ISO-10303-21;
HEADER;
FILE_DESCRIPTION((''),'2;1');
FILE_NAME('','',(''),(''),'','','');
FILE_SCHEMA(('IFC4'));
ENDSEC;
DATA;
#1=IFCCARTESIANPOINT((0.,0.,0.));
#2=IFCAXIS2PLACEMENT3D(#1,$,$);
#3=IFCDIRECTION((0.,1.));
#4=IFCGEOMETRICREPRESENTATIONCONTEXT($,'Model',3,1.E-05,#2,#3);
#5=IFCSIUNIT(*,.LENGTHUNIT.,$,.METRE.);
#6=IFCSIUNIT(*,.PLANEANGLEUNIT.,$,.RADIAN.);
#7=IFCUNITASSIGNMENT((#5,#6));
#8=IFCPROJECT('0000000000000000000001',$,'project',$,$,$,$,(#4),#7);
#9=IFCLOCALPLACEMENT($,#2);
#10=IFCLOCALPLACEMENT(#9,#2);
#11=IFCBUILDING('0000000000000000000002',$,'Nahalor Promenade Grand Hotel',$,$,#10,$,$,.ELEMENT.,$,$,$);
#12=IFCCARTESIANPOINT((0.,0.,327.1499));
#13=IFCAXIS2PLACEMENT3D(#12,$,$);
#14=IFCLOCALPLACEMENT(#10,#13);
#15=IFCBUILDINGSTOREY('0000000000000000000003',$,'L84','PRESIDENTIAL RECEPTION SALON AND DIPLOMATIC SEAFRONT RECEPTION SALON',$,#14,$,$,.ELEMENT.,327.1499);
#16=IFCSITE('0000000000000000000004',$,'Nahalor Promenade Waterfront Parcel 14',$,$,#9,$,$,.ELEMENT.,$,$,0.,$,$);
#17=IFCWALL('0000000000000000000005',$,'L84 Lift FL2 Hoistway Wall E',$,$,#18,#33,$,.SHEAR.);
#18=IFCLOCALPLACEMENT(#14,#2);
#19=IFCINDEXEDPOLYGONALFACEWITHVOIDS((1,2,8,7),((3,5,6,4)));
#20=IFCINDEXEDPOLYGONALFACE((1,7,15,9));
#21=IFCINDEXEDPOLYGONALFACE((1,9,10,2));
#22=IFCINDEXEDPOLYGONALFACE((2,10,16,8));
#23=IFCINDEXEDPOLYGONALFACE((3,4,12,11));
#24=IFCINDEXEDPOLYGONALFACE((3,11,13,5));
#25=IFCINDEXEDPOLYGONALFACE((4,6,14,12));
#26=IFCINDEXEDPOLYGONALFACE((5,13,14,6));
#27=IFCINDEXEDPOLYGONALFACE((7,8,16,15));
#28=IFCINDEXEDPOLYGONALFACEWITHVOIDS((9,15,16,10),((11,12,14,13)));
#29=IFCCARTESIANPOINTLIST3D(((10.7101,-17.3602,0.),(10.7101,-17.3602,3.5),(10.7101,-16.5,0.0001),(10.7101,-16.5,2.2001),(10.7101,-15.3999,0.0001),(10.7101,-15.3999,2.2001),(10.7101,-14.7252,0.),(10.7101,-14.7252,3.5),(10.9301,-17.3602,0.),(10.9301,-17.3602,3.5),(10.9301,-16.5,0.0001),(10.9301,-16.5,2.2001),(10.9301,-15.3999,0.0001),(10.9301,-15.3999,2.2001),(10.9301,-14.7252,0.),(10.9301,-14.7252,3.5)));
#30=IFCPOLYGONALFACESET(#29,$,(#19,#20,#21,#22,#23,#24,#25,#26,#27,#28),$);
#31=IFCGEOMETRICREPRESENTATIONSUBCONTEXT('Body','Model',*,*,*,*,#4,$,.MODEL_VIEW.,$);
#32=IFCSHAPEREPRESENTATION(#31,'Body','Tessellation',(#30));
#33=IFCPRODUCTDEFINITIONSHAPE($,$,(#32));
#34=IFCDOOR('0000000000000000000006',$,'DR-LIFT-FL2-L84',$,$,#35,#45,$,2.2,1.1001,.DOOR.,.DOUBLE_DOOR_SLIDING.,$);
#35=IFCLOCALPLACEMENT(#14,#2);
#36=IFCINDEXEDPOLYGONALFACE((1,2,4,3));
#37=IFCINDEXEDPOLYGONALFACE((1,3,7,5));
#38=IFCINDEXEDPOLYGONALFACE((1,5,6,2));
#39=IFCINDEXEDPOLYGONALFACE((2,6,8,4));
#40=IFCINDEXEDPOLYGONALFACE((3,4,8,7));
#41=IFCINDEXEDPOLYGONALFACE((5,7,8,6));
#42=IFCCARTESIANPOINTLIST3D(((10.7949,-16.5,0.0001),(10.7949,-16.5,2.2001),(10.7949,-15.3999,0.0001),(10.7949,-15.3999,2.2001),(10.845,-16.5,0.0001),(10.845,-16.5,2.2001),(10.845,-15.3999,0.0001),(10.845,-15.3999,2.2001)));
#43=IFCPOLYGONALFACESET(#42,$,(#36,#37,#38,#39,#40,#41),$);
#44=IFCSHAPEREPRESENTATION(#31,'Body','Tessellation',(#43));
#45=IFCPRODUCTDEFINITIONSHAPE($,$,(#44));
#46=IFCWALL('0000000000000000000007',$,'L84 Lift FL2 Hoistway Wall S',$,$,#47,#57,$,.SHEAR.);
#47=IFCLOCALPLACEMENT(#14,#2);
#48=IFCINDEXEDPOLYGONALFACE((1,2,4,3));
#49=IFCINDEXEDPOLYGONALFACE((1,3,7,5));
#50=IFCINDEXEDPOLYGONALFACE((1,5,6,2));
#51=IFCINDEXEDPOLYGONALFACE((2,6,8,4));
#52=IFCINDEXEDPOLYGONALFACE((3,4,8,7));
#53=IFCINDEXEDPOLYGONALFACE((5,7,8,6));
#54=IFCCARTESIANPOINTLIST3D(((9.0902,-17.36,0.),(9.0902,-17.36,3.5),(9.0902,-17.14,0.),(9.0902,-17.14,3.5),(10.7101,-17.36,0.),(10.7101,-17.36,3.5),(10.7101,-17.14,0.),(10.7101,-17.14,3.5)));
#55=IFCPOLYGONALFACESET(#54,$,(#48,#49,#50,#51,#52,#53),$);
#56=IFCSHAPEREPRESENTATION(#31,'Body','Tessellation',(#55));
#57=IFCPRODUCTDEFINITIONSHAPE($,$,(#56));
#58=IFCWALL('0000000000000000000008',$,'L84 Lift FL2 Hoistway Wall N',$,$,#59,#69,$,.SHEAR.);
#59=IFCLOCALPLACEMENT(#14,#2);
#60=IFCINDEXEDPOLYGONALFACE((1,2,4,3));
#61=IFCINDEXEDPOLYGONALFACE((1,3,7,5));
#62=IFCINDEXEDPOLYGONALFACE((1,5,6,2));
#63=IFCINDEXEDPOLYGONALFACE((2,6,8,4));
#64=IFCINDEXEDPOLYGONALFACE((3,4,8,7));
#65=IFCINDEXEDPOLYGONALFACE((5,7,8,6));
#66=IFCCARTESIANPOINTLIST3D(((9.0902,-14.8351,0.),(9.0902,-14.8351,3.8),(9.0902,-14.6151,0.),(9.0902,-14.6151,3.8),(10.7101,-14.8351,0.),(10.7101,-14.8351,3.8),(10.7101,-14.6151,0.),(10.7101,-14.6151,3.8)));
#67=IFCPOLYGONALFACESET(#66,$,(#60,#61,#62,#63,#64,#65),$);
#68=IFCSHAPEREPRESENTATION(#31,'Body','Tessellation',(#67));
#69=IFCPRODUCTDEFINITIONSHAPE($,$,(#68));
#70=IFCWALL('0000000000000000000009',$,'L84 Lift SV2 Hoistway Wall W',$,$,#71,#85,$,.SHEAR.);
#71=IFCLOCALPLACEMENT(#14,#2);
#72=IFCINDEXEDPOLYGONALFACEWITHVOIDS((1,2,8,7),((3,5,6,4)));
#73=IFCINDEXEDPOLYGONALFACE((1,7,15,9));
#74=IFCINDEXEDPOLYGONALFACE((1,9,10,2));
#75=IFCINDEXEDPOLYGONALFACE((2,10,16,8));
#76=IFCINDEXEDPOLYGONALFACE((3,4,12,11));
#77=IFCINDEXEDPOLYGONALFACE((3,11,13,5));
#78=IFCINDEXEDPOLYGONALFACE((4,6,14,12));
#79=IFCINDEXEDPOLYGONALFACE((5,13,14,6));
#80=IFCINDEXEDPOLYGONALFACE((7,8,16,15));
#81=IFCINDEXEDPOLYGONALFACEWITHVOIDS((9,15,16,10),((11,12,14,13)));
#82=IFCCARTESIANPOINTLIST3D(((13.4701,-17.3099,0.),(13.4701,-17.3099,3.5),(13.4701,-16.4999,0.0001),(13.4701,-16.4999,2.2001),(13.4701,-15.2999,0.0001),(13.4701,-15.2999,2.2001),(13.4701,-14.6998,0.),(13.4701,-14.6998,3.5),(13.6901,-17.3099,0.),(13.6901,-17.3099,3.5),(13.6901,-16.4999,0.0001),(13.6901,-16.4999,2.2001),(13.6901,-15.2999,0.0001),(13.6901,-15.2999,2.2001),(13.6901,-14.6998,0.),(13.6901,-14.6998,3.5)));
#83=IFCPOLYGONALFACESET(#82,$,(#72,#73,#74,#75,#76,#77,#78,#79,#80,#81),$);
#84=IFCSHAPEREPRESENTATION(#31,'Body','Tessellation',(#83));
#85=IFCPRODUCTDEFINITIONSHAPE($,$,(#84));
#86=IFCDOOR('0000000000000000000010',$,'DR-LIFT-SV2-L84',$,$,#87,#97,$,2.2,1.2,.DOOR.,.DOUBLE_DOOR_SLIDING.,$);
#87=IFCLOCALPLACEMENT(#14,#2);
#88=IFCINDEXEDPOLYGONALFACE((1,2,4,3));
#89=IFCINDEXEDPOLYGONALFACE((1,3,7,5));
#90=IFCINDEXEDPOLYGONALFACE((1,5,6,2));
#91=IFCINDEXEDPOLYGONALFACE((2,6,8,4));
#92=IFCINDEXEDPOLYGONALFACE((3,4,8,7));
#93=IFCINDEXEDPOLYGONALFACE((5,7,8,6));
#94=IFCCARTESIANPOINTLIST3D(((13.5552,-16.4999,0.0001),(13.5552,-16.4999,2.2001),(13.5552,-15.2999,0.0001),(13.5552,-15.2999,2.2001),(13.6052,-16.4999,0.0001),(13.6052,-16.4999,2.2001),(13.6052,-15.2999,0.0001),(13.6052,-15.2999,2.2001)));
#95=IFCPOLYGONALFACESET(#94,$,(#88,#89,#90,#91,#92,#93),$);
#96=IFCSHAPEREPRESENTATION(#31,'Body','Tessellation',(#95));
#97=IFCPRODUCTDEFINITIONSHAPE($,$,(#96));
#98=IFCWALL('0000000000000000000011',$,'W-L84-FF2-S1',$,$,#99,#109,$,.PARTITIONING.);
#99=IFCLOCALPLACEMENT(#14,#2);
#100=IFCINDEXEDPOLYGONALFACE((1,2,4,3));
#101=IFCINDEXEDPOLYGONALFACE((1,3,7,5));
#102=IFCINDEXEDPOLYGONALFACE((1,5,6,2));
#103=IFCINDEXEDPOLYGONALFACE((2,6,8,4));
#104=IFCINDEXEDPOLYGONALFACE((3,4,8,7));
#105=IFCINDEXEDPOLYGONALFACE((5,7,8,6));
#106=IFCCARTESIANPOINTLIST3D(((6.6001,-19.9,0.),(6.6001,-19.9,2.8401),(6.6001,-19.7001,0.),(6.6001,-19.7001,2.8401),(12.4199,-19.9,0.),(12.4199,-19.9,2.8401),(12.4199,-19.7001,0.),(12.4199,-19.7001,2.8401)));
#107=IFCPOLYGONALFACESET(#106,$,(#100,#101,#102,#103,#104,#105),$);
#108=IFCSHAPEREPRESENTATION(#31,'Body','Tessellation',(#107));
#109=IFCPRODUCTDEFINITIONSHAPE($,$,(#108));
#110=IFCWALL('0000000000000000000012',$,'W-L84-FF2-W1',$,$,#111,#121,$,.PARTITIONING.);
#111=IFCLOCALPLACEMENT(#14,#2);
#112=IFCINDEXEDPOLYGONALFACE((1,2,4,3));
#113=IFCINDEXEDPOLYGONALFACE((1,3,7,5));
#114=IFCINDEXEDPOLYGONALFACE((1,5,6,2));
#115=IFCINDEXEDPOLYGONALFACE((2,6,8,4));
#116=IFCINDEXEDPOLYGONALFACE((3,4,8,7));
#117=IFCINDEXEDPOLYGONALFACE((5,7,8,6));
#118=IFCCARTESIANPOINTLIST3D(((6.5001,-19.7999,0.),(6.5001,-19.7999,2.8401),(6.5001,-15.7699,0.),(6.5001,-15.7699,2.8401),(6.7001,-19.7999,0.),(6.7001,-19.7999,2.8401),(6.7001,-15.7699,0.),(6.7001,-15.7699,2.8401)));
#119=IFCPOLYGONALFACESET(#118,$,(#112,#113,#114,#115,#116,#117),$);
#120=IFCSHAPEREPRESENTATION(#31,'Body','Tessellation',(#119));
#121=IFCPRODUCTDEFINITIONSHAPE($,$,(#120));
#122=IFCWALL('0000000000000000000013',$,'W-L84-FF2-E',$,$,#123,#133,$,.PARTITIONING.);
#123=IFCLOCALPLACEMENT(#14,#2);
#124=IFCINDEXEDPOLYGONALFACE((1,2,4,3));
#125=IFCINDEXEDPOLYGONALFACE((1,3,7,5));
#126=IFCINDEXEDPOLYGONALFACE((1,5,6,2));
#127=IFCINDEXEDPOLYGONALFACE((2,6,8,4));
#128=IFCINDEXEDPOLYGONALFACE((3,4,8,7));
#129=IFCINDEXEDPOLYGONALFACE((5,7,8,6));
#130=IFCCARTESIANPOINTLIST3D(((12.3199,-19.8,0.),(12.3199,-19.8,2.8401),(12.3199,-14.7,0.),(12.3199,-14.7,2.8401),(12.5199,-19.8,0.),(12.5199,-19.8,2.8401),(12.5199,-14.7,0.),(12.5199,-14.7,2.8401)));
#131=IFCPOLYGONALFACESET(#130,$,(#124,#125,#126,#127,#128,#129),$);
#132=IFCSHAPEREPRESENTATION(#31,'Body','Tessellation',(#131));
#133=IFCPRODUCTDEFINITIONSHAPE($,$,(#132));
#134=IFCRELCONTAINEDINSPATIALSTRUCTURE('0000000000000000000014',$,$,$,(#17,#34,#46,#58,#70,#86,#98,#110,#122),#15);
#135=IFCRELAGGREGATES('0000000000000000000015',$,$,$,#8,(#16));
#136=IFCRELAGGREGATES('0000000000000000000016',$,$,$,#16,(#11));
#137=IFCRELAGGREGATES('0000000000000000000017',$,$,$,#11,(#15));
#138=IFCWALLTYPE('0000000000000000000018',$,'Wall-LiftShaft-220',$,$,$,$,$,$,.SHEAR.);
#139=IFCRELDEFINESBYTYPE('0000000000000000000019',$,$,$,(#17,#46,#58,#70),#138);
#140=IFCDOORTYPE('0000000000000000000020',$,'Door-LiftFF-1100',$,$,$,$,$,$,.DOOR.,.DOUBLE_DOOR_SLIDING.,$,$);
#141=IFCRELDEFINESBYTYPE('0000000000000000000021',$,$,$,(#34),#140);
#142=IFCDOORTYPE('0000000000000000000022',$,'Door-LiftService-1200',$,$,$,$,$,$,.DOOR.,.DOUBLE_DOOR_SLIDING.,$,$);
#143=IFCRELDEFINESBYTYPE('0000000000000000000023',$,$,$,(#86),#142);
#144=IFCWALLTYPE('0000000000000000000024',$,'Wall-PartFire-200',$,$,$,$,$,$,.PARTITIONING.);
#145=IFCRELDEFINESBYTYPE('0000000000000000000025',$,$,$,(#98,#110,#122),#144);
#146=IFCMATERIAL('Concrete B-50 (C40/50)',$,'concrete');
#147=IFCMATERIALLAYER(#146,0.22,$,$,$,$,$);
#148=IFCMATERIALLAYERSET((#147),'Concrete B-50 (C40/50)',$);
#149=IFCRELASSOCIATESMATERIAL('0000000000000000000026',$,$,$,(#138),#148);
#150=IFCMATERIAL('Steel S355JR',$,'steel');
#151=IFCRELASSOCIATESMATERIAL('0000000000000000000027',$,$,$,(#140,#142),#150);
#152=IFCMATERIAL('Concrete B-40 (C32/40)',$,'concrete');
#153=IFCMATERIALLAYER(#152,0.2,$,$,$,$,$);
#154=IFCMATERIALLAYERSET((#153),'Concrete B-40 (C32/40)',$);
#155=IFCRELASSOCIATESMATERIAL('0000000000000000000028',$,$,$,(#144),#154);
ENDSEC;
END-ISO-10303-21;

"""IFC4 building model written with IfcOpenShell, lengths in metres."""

from ifc_helpers import new_model, si_unit, direction, frame, frame_2d, origin, place, context, subcontext, project, spatial, rectangle, extrude, source, transform, mapped, material, layer, layer_set, type_object, element, fill, save


model = new_model("IFC4")

# Units and contexts
model_context = context("Model", 3, precision=1e-05, world=origin(), true_north=direction((0.0, 1.0)))
body_context = subcontext(model_context, "Body", "Model", "MODEL_VIEW")
ifc_project = project(units=[si_unit("LENGTHUNIT", "METRE"), si_unit("PLANEANGLEUNIT", "RADIAN")], contexts=[model_context])

# Site, building, storey
site_placement = place(None, origin())
site = spatial("IfcSite", under=ifc_project, at=site_placement, Name="Nahalor Promenade Waterfront Parcel 14", CompositionType="ELEMENT", RefElevation=0.0)
building_placement = place(site_placement, origin())
building = spatial("IfcBuilding", under=site, at=building_placement, Name="Nahalor Promenade Grand Hotel", CompositionType="ELEMENT")
storey_placement = place(building_placement, frame((0.0, 0.0, 327.1499)))
storey = spatial("IfcBuildingStorey", under=building, at=storey_placement, Name="L84", Description="PRESIDENTIAL RECEPTION SALON AND DIPLOMATIC SEAFRONT RECEPTION SALON", CompositionType="ELEMENT", Elevation=327.1499)

# Shared definitions
ifc_material_1 = material(Name="Concrete B-50 (C40/50)", Category="concrete")
ifc_material_2 = material(Name="Steel S355JR", Category="steel")

# Shared definitions
ifc_layer_1 = layer(ifc_material_1, 0.22)
ifc_layer_set_1 = layer_set([ifc_layer_1], Name="Concrete B-50 (C40/50)")
wall_type_1 = type_object("IfcWallType", Name="Wall-LiftShaft-220", PredefinedType="SHEAR", material=ifc_layer_set_1)

# Shared definitions
shared_shape_1 = source(origin(), body_context, "Body", "SweptSolid", [
    extrude(rectangle(XDim=2.635, YDim=0.22, at=frame_2d((1.3174, 0.0))), origin(), (0.0, 0.0, 1.0), 3.5),
])

# Wall, opening, door
wall_1_placement = place(storey_placement, frame((10.8201, -17.3601, 0.0), z_axis=(0.0, 0.0, 1.0), x_axis=(0.0, 1.0, 0.0)))
wall_1 = element("IfcWall", 1, at=wall_1_placement, inside=storey, type_object=wall_type_1, Name="L84 Lift FL2 Hoistway Wall E", PredefinedType="SHEAR", context=body_context, shape_type="MappedRepresentation", body=[
    mapped(shared_shape_1, transform((0.0, 0.0, 0.0), scale=1.0)),
])
opening_1_placement = place(wall_1_placement, frame((0.8601, 0.0, 0.0)))
opening_1 = element("IfcOpeningElement", 2, at=opening_1_placement, cuts=wall_1, PredefinedType="OPENING", context=body_context, shape_type="SweptSolid", body=[
    extrude(rectangle(XDim=1.1001, YDim=2.2, at=frame_2d((0.55, 1.1001))), frame((0.0, 0.1199, 0.0), z_axis=(0.0, -1.0, 0.0), x_axis=(1.0, 0.0, 0.0)), (0.0, 0.0, 1.0), 0.24),
])
door_type_1 = type_object("IfcDoorType", Name="Door-LiftFF-1100", OperationType="DOUBLE_DOOR_SLIDING", PredefinedType="DOOR", material=ifc_material_2)
shared_shape_2 = source(origin(), body_context, "Body", "SweptSolid", [
    extrude(rectangle(XDim=1.1001, YDim=2.2, at=frame_2d((0.55, 1.1001))), frame((0.0, 0.0249, 0.0), z_axis=(0.0, -1.0, 0.0), x_axis=(1.0, 0.0, 0.0)), (0.0, 0.0, 1.0), 0.05),
])
door_1_placement = place(opening_1_placement, frame((1.1001, 0.0, 0.0), z_axis=(0.0, 0.0, 1.0), x_axis=(-1.0, 0.0, 0.0)))
door_1 = element("IfcDoor", 3, at=door_1_placement, inside=storey, type_object=door_type_1, Name="DR-LIFT-FL2-L84", OperationType="DOUBLE_DOOR_SLIDING", OverallHeight=2.2, OverallWidth=1.1001, PredefinedType="DOOR", context=body_context, shape_type="MappedRepresentation", body=[
    mapped(shared_shape_2, transform((0.0, 0.0, 0.0), scale=1.0)),
])
fill(opening_1, door_1)

# Walls
shared_shape_3 = source(origin(), body_context, "Body", "SweptSolid", [
    extrude(rectangle(XDim=1.6199, YDim=0.22, at=frame_2d((0.8101, 0.0))), origin(), (0.0, 0.0, 1.0), 3.5),
])
wall_2_placement = place(storey_placement, frame((9.0901, -17.25, 0.0), z_axis=(0.0, 0.0, 1.0), x_axis=(1.0, 0.0, 0.0)))
element("IfcWall", 4, at=wall_2_placement, inside=storey, type_object=wall_type_1, Name="L84 Lift FL2 Hoistway Wall S", PredefinedType="SHEAR", context=body_context, shape_type="MappedRepresentation", body=[
    mapped(shared_shape_3, transform((0.0, 0.0, 0.0), scale=1.0)),
])
shared_shape_4 = source(origin(), body_context, "Body", "SweptSolid", [
    extrude(rectangle(XDim=1.6199, YDim=0.22, at=frame_2d((0.8101, 0.0))), origin(), (0.0, 0.0, 1.0), 3.8),
])
wall_3_placement = place(storey_placement, frame((9.0901, -14.7251, 0.0), z_axis=(0.0, 0.0, 1.0), x_axis=(1.0, 0.0, 0.0)))
element("IfcWall", 5, at=wall_3_placement, inside=storey, type_object=wall_type_1, Name="L84 Lift FL2 Hoistway Wall N", PredefinedType="SHEAR", context=body_context, shape_type="MappedRepresentation", body=[
    mapped(shared_shape_4, transform((0.0, 0.0, 0.0), scale=1.0)),
])

# Wall, opening, door
shared_shape_5 = source(origin(), body_context, "Body", "SweptSolid", [
    extrude(rectangle(XDim=2.6101, YDim=0.22, at=frame_2d((1.3052, 0.0))), origin(), (0.0, 0.0, 1.0), 3.5),
])
wall_4_placement = place(storey_placement, frame((13.5801, -17.3101, 0.0), z_axis=(0.0, 0.0, 1.0), x_axis=(0.0, 1.0, 0.0)))
wall_4 = element("IfcWall", 6, at=wall_4_placement, inside=storey, type_object=wall_type_1, Name="L84 Lift SV2 Hoistway Wall W", PredefinedType="SHEAR", context=body_context, shape_type="MappedRepresentation", body=[
    mapped(shared_shape_5, transform((0.0, 0.0, 0.0), scale=1.0)),
])
opening_2_placement = place(wall_4_placement, frame((0.8101, 0.0, 0.0)))
opening_2 = element("IfcOpeningElement", 7, at=opening_2_placement, cuts=wall_4, PredefinedType="OPENING", context=body_context, shape_type="SweptSolid", body=[
    extrude(rectangle(XDim=1.2, YDim=2.2, at=frame_2d((0.6001, 1.1001))), frame((0.0, 0.1199, 0.0), z_axis=(0.0, -1.0, 0.0), x_axis=(1.0, 0.0, 0.0)), (0.0, 0.0, 1.0), 0.24),
])
door_type_2 = type_object("IfcDoorType", Name="Door-LiftService-1200", OperationType="DOUBLE_DOOR_SLIDING", PredefinedType="DOOR", material=ifc_material_2)
shared_shape_6 = source(origin(), body_context, "Body", "SweptSolid", [
    extrude(rectangle(XDim=1.2, YDim=2.2, at=frame_2d((0.6001, 1.1001))), frame((0.0, 0.0249, 0.0), z_axis=(0.0, -1.0, 0.0), x_axis=(1.0, 0.0, 0.0)), (0.0, 0.0, 1.0), 0.05),
])
door_2_placement = place(opening_2_placement, origin())
door_2 = element("IfcDoor", 8, at=door_2_placement, inside=storey, type_object=door_type_2, Name="DR-LIFT-SV2-L84", OperationType="DOUBLE_DOOR_SLIDING", OverallHeight=2.2, OverallWidth=1.2, PredefinedType="DOOR", context=body_context, shape_type="MappedRepresentation", body=[
    mapped(shared_shape_6, transform((0.0, 0.0, 0.0), scale=1.0)),
])
fill(opening_2, door_2)

# Walls
ifc_material_3 = material(Name="Concrete B-40 (C32/40)", Category="concrete")
ifc_layer_2 = layer(ifc_material_3, 0.2)
ifc_layer_set_2 = layer_set([ifc_layer_2], Name="Concrete B-40 (C32/40)")
wall_type_2 = type_object("IfcWallType", Name="Wall-PartFire-200", PredefinedType="PARTITIONING", material=ifc_layer_set_2)
shared_shape_7 = source(origin(), body_context, "Body", "SweptSolid", [
    extrude(rectangle(XDim=5.8198, YDim=0.2, at=frame_2d((2.9099, 0.0))), origin(), (0.0, 0.0, 1.0), 2.8401),
])
wall_5_placement = place(storey_placement, frame((6.6001, -19.8, 0.0), z_axis=(0.0, 0.0, 1.0), x_axis=(1.0, 0.0, 0.0)))
element("IfcWall", 9, at=wall_5_placement, inside=storey, type_object=wall_type_2, Name="W-L84-FF2-S1", PredefinedType="PARTITIONING", context=body_context, shape_type="MappedRepresentation", body=[
    mapped(shared_shape_7, transform((0.0, 0.0, 0.0), scale=1.0)),
])
shared_shape_8 = source(origin(), body_context, "Body", "SweptSolid", [
    extrude(rectangle(XDim=4.03, YDim=0.2, at=frame_2d((2.0151, 0.0))), origin(), (0.0, 0.0, 1.0), 2.8401),
])
wall_6_placement = place(storey_placement, frame((6.6001, -19.8, 0.0), z_axis=(0.0, 0.0, 1.0), x_axis=(0.0, 1.0, 0.0)))
element("IfcWall", 10, at=wall_6_placement, inside=storey, type_object=wall_type_2, Name="W-L84-FF2-W1", PredefinedType="PARTITIONING", context=body_context, shape_type="MappedRepresentation", body=[
    mapped(shared_shape_8, transform((0.0, 0.0, 0.0), scale=1.0)),
])
shared_shape_9 = source(origin(), body_context, "Body", "SweptSolid", [
    extrude(rectangle(XDim=5.1001, YDim=0.2, at=frame_2d((2.55, 0.0))), origin(), (0.0, 0.0, 1.0), 2.8401),
])
wall_7_placement = place(storey_placement, frame((12.4199, -19.8, 0.0), z_axis=(0.0, 0.0, 1.0), x_axis=(0.0, 1.0, 0.0)))
element("IfcWall", 11, at=wall_7_placement, inside=storey, type_object=wall_type_2, Name="W-L84-FF2-E", PredefinedType="PARTITIONING", context=body_context, shape_type="MappedRepresentation", body=[
    mapped(shared_shape_9, transform((0.0, 0.0, 0.0), scale=1.0)),
])

save(model, "model.ifc")
